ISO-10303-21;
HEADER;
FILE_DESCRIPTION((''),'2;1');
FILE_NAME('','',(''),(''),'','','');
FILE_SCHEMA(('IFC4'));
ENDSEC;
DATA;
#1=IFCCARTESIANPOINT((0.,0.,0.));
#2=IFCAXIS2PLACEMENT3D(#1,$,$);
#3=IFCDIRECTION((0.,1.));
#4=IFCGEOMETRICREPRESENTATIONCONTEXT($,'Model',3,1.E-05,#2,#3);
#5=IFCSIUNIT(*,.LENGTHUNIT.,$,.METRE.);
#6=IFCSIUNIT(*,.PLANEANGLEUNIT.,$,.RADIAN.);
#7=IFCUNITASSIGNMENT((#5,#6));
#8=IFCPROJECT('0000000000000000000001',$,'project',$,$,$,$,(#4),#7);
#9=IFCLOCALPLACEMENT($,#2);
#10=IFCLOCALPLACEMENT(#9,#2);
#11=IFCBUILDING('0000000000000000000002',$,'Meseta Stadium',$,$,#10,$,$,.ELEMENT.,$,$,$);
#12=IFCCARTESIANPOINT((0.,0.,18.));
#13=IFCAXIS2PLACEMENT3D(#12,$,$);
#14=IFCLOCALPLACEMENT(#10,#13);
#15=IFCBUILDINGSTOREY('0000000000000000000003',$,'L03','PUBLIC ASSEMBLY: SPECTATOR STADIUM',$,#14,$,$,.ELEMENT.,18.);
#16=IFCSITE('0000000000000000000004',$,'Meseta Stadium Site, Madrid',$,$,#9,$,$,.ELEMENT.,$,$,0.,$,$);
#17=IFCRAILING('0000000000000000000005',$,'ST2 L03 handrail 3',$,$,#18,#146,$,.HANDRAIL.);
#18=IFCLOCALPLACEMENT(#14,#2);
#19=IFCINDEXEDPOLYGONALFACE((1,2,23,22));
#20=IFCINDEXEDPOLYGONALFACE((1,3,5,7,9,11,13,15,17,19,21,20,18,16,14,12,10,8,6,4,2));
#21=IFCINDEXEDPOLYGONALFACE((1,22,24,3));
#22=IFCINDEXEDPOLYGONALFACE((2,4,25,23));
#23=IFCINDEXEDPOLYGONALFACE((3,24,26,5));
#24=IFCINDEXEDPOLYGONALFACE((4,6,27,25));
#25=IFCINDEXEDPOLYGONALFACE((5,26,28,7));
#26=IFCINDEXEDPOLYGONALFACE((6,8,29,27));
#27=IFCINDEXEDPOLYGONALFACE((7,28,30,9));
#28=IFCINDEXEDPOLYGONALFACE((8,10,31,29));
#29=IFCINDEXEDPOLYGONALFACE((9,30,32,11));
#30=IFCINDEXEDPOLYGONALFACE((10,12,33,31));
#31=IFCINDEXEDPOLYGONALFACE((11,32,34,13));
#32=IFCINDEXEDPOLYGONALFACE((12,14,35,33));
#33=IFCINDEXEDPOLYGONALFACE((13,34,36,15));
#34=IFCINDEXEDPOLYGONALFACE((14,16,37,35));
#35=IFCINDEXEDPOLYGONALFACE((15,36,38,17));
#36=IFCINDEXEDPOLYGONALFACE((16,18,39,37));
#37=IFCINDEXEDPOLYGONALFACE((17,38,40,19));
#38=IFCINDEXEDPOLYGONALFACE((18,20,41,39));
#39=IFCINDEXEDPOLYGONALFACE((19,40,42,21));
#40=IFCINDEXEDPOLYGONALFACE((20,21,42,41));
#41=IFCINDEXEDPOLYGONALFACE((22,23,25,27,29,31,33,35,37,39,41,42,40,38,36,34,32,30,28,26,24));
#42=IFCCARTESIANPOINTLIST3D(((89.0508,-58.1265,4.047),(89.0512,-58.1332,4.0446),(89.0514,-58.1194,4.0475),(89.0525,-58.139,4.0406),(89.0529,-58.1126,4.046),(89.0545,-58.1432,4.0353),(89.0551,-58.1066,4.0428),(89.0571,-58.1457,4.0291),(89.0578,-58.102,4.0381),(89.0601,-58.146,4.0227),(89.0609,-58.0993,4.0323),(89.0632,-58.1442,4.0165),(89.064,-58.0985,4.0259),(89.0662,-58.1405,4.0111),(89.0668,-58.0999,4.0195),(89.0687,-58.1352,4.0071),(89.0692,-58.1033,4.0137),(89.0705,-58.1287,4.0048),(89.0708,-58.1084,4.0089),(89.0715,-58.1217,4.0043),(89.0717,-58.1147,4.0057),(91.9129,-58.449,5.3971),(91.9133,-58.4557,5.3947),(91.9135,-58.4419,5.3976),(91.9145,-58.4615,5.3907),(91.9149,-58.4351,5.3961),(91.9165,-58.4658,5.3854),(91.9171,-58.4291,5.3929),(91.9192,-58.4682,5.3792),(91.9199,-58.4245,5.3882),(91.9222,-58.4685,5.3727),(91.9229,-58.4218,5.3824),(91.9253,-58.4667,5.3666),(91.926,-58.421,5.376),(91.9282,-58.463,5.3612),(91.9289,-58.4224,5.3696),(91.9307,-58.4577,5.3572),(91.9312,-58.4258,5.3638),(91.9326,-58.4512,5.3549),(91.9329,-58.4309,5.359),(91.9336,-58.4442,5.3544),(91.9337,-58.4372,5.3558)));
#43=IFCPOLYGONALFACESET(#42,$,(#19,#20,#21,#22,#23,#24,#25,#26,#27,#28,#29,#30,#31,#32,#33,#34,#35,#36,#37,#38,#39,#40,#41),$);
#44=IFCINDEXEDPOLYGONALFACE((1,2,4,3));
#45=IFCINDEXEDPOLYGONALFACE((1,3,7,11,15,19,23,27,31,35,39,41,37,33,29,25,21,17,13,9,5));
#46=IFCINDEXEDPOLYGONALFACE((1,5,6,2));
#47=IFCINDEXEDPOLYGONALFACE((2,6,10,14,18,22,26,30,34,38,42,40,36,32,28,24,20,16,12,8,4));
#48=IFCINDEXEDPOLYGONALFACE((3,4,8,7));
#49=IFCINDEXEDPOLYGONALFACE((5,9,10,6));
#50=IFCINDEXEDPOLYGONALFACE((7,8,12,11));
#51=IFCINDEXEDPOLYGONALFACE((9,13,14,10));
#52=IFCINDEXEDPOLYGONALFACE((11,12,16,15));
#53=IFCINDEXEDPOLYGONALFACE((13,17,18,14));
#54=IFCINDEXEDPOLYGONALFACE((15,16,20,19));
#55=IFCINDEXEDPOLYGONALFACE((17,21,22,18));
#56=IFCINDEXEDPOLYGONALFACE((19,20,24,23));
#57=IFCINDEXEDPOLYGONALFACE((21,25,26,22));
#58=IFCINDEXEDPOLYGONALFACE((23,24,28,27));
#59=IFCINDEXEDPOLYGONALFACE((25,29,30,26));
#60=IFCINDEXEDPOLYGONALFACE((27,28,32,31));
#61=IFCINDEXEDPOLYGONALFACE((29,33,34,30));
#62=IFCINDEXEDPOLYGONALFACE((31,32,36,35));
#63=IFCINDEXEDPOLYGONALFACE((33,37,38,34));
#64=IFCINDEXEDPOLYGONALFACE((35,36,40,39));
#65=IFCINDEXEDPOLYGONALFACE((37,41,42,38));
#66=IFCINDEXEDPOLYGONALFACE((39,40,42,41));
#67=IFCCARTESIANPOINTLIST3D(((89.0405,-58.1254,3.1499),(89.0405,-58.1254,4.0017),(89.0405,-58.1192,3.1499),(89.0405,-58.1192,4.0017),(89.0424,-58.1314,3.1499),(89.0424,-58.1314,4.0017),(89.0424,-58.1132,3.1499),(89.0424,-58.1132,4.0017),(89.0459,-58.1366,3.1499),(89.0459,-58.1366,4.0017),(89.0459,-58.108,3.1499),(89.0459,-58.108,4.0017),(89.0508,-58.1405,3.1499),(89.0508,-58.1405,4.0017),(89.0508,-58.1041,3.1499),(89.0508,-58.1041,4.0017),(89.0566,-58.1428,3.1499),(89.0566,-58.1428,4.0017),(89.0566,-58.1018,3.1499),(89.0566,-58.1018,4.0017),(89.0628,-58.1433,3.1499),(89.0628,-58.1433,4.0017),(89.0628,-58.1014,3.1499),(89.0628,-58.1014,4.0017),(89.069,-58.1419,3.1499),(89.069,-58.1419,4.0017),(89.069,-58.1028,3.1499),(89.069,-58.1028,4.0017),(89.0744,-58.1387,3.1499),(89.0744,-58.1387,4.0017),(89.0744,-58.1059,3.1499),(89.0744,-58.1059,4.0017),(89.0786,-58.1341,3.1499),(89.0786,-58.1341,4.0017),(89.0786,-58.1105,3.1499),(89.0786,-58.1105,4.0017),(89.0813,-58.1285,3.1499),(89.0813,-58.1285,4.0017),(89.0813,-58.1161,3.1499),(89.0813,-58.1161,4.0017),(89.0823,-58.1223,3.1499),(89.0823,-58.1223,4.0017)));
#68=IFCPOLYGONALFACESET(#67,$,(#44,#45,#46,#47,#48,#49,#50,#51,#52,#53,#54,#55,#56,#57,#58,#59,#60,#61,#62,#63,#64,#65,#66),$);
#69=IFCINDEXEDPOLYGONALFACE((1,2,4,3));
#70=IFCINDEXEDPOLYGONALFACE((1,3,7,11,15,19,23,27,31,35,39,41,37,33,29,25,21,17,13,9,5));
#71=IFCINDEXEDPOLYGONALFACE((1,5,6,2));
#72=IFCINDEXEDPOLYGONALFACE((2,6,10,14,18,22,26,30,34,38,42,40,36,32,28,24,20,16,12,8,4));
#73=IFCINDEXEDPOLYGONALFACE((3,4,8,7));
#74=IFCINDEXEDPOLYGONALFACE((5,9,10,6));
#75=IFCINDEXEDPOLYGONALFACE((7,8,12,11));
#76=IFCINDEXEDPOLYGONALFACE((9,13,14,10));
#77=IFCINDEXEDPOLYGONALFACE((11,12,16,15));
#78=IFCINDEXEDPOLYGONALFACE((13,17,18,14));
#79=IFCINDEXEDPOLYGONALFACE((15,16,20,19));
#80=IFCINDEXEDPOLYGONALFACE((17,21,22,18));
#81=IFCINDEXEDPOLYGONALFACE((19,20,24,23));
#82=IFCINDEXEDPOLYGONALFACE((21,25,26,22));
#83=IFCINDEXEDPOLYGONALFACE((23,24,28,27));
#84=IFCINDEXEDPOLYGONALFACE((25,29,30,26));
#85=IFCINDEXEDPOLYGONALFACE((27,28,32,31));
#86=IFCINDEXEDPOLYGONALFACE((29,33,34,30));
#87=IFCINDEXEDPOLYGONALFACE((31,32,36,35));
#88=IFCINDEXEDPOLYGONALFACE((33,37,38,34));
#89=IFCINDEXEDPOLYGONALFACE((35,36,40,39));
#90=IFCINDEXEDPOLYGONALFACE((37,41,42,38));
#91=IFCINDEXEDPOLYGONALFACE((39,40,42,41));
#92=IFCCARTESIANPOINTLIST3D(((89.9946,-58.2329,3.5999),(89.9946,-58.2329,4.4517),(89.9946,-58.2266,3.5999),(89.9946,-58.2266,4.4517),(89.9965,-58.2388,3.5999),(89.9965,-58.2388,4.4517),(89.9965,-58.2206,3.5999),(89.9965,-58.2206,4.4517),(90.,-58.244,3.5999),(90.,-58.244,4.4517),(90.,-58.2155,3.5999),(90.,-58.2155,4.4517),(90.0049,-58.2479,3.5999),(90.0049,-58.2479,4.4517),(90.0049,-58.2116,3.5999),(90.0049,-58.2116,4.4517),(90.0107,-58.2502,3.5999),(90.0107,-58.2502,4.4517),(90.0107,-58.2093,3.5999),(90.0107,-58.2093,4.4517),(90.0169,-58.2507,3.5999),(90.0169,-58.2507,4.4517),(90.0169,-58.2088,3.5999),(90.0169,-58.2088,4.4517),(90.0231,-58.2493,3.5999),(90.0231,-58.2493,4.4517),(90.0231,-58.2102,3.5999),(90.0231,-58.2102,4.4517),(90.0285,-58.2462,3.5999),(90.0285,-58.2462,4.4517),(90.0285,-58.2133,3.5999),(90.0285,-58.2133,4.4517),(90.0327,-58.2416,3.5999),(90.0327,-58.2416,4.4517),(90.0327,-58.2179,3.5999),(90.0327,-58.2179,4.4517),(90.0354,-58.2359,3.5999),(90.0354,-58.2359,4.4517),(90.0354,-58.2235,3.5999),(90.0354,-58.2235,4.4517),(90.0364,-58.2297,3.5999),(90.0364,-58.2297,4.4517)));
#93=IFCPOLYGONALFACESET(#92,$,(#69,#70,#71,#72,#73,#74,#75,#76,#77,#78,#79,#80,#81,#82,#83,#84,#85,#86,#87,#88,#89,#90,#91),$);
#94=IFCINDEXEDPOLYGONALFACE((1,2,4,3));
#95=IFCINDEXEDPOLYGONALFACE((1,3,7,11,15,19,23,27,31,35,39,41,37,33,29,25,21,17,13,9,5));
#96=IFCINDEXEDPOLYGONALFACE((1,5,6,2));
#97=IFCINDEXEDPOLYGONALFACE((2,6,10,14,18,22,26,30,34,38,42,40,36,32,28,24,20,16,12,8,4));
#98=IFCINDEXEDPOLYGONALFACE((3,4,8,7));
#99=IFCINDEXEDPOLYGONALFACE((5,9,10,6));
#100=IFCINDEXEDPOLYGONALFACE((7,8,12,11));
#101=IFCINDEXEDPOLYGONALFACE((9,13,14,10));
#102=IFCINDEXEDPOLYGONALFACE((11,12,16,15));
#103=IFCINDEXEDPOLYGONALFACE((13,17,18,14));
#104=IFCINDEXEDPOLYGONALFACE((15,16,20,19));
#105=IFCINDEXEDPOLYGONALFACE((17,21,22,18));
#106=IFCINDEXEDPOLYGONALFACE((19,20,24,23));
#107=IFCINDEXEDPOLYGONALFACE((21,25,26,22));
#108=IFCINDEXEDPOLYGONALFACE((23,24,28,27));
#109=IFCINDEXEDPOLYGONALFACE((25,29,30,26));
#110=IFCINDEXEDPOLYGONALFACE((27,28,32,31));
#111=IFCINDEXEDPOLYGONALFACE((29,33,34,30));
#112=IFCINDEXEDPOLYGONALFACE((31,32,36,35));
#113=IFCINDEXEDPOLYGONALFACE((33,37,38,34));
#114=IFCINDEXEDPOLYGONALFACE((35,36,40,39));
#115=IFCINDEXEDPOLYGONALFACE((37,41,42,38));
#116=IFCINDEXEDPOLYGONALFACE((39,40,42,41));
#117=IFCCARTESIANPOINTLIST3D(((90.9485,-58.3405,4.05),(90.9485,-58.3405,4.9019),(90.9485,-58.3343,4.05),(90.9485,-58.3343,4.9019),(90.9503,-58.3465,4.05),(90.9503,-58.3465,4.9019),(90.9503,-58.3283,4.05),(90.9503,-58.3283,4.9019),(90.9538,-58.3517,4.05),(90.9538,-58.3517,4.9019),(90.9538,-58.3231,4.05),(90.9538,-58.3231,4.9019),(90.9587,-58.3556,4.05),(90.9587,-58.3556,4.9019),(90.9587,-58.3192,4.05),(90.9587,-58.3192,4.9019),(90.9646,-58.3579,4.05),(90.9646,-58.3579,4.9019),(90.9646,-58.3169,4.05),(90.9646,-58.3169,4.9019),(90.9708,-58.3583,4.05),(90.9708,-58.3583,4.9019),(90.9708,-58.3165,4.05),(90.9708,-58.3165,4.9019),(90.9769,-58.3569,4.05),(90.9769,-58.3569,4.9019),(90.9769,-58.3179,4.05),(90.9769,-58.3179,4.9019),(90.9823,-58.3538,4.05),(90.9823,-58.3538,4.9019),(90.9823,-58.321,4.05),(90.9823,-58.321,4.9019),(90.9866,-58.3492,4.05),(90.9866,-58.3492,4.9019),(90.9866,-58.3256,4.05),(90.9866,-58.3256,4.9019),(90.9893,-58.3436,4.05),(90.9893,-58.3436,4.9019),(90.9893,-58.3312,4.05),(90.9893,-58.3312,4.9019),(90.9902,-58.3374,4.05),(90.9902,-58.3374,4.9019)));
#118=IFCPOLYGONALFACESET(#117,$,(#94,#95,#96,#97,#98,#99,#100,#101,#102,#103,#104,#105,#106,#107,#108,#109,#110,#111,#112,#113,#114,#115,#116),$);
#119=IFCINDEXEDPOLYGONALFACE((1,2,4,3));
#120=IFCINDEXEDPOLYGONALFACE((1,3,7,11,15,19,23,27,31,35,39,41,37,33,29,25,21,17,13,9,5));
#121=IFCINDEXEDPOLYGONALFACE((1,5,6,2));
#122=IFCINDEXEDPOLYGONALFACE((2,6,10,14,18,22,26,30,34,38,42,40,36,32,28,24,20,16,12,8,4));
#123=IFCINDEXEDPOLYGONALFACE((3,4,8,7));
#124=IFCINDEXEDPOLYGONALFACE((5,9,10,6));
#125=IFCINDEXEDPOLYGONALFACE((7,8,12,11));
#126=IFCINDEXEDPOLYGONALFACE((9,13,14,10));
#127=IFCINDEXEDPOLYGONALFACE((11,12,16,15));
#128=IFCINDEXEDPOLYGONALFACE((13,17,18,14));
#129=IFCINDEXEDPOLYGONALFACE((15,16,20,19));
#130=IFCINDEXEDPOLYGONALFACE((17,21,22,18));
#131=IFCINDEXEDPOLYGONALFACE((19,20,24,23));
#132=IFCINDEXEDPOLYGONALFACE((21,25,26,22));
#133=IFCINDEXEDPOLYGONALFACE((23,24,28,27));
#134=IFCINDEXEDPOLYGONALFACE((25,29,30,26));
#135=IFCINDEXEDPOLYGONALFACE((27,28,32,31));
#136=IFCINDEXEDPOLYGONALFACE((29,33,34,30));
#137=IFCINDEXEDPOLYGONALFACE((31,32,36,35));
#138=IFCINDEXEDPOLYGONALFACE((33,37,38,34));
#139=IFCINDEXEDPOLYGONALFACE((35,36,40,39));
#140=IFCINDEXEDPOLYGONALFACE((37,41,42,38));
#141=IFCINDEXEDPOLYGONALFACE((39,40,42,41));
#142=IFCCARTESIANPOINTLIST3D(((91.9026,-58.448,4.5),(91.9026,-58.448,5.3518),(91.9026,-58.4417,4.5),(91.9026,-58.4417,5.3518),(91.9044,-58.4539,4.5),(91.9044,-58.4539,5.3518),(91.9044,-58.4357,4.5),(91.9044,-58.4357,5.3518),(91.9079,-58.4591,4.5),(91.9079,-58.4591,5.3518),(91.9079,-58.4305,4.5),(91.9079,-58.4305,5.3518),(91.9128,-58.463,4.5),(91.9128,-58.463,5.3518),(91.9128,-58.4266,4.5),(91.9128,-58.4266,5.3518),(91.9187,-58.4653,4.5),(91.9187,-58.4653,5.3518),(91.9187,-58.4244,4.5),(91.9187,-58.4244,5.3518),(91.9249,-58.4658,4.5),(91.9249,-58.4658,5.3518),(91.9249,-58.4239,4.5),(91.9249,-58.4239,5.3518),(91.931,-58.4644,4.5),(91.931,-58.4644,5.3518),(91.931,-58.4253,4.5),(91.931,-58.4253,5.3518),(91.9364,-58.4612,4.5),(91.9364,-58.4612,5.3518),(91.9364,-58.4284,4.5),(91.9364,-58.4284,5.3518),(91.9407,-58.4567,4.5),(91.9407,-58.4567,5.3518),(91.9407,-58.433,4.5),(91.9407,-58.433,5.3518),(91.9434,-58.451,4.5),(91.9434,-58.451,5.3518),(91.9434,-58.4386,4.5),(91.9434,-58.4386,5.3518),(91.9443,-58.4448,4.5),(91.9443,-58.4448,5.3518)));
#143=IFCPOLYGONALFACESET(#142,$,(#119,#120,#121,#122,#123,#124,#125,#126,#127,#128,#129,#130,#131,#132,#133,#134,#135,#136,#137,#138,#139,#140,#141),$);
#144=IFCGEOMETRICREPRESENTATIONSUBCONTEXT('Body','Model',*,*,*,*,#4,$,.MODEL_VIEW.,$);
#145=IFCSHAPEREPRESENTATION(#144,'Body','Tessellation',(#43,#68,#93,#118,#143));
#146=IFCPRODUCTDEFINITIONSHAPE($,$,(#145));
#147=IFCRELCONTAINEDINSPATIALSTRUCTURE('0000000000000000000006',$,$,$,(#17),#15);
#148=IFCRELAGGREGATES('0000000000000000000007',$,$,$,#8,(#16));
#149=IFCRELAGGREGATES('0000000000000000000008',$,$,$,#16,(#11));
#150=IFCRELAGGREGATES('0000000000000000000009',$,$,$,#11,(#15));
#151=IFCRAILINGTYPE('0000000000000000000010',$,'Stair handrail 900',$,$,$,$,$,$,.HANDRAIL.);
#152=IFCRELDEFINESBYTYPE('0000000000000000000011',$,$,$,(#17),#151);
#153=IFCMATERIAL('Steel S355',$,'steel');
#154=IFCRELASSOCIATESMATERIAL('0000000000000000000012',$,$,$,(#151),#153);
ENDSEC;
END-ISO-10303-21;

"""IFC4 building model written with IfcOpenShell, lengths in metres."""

from ifc_helpers import new_model, si_unit, direction, frame, origin, origin_2d, place, context, subcontext, project, spatial, circle, extrude, material, type_object, element, save


model = new_model("IFC4")

# Units and contexts
model_context = context("Model", 3, precision=1e-05, world=origin(), true_north=direction((0.0, 1.0)))
body_context = subcontext(model_context, "Body", "Model", "MODEL_VIEW")
ifc_project = project(units=[si_unit("LENGTHUNIT", "METRE"), si_unit("PLANEANGLEUNIT", "RADIAN")], contexts=[model_context])

# Site, building, storey
site_placement = place(None, origin())
site = spatial("IfcSite", under=ifc_project, at=site_placement, Name="Meseta Stadium Site, Madrid", CompositionType="ELEMENT", RefElevation=0.0)
building_placement = place(site_placement, origin())
building = spatial("IfcBuilding", under=site, at=building_placement, Name="Meseta Stadium", CompositionType="ELEMENT")
storey_placement = place(building_placement, frame((0.0, 0.0, 18.0)))
storey = spatial("IfcBuildingStorey", under=building, at=storey_placement, Name="L03", Description="PUBLIC ASSEMBLY: SPECTATOR STADIUM", CompositionType="ELEMENT", Elevation=18.0)

# Railing
ifc_material_1 = material(Name="Steel S355", Category="steel")
railing_type_1 = type_object("IfcRailingType", Name="Stair handrail 900", PredefinedType="HANDRAIL", material=ifc_material_1)
for number, where, name in (
    (1, (89.0613, -58.1223, 3.1499), "ST2 L03 handrail 3"),
):
    element("IfcRailing", number, at=place(storey_placement, frame(where)), inside=storey, type_object=railing_type_1, Name=name, PredefinedType="HANDRAIL", context=body_context, shape_type="SweptSolid", body=[
        extrude(circle(Radius=0.0239, at=origin_2d()), frame((0.0, 0.0, 0.876), z_axis=(0.899763, -0.101389, 0.424438), x_axis=(0.111976, 0.993711, 0.0)), (0.0, 0.0, 1.0), 3.1809),
        extrude(circle(Radius=0.021, at=origin_2d()), origin(), (0.0, 0.0, 1.0), 0.8518),
        extrude(circle(Radius=0.021, at=origin_2d()), frame((0.9541, -0.1074, 0.45)), (0.0, 0.0, 1.0), 0.8518),
        extrude(circle(Radius=0.021, at=origin_2d()), frame((1.908, -0.2151, 0.9001)), (0.0, 0.0, 1.0), 0.8518),
        extrude(circle(Radius=0.021, at=origin_2d()), frame((2.8621, -0.3225, 1.3501)), (0.0, 0.0, 1.0), 0.8518),
    ])

save(model, "model.ifc")
